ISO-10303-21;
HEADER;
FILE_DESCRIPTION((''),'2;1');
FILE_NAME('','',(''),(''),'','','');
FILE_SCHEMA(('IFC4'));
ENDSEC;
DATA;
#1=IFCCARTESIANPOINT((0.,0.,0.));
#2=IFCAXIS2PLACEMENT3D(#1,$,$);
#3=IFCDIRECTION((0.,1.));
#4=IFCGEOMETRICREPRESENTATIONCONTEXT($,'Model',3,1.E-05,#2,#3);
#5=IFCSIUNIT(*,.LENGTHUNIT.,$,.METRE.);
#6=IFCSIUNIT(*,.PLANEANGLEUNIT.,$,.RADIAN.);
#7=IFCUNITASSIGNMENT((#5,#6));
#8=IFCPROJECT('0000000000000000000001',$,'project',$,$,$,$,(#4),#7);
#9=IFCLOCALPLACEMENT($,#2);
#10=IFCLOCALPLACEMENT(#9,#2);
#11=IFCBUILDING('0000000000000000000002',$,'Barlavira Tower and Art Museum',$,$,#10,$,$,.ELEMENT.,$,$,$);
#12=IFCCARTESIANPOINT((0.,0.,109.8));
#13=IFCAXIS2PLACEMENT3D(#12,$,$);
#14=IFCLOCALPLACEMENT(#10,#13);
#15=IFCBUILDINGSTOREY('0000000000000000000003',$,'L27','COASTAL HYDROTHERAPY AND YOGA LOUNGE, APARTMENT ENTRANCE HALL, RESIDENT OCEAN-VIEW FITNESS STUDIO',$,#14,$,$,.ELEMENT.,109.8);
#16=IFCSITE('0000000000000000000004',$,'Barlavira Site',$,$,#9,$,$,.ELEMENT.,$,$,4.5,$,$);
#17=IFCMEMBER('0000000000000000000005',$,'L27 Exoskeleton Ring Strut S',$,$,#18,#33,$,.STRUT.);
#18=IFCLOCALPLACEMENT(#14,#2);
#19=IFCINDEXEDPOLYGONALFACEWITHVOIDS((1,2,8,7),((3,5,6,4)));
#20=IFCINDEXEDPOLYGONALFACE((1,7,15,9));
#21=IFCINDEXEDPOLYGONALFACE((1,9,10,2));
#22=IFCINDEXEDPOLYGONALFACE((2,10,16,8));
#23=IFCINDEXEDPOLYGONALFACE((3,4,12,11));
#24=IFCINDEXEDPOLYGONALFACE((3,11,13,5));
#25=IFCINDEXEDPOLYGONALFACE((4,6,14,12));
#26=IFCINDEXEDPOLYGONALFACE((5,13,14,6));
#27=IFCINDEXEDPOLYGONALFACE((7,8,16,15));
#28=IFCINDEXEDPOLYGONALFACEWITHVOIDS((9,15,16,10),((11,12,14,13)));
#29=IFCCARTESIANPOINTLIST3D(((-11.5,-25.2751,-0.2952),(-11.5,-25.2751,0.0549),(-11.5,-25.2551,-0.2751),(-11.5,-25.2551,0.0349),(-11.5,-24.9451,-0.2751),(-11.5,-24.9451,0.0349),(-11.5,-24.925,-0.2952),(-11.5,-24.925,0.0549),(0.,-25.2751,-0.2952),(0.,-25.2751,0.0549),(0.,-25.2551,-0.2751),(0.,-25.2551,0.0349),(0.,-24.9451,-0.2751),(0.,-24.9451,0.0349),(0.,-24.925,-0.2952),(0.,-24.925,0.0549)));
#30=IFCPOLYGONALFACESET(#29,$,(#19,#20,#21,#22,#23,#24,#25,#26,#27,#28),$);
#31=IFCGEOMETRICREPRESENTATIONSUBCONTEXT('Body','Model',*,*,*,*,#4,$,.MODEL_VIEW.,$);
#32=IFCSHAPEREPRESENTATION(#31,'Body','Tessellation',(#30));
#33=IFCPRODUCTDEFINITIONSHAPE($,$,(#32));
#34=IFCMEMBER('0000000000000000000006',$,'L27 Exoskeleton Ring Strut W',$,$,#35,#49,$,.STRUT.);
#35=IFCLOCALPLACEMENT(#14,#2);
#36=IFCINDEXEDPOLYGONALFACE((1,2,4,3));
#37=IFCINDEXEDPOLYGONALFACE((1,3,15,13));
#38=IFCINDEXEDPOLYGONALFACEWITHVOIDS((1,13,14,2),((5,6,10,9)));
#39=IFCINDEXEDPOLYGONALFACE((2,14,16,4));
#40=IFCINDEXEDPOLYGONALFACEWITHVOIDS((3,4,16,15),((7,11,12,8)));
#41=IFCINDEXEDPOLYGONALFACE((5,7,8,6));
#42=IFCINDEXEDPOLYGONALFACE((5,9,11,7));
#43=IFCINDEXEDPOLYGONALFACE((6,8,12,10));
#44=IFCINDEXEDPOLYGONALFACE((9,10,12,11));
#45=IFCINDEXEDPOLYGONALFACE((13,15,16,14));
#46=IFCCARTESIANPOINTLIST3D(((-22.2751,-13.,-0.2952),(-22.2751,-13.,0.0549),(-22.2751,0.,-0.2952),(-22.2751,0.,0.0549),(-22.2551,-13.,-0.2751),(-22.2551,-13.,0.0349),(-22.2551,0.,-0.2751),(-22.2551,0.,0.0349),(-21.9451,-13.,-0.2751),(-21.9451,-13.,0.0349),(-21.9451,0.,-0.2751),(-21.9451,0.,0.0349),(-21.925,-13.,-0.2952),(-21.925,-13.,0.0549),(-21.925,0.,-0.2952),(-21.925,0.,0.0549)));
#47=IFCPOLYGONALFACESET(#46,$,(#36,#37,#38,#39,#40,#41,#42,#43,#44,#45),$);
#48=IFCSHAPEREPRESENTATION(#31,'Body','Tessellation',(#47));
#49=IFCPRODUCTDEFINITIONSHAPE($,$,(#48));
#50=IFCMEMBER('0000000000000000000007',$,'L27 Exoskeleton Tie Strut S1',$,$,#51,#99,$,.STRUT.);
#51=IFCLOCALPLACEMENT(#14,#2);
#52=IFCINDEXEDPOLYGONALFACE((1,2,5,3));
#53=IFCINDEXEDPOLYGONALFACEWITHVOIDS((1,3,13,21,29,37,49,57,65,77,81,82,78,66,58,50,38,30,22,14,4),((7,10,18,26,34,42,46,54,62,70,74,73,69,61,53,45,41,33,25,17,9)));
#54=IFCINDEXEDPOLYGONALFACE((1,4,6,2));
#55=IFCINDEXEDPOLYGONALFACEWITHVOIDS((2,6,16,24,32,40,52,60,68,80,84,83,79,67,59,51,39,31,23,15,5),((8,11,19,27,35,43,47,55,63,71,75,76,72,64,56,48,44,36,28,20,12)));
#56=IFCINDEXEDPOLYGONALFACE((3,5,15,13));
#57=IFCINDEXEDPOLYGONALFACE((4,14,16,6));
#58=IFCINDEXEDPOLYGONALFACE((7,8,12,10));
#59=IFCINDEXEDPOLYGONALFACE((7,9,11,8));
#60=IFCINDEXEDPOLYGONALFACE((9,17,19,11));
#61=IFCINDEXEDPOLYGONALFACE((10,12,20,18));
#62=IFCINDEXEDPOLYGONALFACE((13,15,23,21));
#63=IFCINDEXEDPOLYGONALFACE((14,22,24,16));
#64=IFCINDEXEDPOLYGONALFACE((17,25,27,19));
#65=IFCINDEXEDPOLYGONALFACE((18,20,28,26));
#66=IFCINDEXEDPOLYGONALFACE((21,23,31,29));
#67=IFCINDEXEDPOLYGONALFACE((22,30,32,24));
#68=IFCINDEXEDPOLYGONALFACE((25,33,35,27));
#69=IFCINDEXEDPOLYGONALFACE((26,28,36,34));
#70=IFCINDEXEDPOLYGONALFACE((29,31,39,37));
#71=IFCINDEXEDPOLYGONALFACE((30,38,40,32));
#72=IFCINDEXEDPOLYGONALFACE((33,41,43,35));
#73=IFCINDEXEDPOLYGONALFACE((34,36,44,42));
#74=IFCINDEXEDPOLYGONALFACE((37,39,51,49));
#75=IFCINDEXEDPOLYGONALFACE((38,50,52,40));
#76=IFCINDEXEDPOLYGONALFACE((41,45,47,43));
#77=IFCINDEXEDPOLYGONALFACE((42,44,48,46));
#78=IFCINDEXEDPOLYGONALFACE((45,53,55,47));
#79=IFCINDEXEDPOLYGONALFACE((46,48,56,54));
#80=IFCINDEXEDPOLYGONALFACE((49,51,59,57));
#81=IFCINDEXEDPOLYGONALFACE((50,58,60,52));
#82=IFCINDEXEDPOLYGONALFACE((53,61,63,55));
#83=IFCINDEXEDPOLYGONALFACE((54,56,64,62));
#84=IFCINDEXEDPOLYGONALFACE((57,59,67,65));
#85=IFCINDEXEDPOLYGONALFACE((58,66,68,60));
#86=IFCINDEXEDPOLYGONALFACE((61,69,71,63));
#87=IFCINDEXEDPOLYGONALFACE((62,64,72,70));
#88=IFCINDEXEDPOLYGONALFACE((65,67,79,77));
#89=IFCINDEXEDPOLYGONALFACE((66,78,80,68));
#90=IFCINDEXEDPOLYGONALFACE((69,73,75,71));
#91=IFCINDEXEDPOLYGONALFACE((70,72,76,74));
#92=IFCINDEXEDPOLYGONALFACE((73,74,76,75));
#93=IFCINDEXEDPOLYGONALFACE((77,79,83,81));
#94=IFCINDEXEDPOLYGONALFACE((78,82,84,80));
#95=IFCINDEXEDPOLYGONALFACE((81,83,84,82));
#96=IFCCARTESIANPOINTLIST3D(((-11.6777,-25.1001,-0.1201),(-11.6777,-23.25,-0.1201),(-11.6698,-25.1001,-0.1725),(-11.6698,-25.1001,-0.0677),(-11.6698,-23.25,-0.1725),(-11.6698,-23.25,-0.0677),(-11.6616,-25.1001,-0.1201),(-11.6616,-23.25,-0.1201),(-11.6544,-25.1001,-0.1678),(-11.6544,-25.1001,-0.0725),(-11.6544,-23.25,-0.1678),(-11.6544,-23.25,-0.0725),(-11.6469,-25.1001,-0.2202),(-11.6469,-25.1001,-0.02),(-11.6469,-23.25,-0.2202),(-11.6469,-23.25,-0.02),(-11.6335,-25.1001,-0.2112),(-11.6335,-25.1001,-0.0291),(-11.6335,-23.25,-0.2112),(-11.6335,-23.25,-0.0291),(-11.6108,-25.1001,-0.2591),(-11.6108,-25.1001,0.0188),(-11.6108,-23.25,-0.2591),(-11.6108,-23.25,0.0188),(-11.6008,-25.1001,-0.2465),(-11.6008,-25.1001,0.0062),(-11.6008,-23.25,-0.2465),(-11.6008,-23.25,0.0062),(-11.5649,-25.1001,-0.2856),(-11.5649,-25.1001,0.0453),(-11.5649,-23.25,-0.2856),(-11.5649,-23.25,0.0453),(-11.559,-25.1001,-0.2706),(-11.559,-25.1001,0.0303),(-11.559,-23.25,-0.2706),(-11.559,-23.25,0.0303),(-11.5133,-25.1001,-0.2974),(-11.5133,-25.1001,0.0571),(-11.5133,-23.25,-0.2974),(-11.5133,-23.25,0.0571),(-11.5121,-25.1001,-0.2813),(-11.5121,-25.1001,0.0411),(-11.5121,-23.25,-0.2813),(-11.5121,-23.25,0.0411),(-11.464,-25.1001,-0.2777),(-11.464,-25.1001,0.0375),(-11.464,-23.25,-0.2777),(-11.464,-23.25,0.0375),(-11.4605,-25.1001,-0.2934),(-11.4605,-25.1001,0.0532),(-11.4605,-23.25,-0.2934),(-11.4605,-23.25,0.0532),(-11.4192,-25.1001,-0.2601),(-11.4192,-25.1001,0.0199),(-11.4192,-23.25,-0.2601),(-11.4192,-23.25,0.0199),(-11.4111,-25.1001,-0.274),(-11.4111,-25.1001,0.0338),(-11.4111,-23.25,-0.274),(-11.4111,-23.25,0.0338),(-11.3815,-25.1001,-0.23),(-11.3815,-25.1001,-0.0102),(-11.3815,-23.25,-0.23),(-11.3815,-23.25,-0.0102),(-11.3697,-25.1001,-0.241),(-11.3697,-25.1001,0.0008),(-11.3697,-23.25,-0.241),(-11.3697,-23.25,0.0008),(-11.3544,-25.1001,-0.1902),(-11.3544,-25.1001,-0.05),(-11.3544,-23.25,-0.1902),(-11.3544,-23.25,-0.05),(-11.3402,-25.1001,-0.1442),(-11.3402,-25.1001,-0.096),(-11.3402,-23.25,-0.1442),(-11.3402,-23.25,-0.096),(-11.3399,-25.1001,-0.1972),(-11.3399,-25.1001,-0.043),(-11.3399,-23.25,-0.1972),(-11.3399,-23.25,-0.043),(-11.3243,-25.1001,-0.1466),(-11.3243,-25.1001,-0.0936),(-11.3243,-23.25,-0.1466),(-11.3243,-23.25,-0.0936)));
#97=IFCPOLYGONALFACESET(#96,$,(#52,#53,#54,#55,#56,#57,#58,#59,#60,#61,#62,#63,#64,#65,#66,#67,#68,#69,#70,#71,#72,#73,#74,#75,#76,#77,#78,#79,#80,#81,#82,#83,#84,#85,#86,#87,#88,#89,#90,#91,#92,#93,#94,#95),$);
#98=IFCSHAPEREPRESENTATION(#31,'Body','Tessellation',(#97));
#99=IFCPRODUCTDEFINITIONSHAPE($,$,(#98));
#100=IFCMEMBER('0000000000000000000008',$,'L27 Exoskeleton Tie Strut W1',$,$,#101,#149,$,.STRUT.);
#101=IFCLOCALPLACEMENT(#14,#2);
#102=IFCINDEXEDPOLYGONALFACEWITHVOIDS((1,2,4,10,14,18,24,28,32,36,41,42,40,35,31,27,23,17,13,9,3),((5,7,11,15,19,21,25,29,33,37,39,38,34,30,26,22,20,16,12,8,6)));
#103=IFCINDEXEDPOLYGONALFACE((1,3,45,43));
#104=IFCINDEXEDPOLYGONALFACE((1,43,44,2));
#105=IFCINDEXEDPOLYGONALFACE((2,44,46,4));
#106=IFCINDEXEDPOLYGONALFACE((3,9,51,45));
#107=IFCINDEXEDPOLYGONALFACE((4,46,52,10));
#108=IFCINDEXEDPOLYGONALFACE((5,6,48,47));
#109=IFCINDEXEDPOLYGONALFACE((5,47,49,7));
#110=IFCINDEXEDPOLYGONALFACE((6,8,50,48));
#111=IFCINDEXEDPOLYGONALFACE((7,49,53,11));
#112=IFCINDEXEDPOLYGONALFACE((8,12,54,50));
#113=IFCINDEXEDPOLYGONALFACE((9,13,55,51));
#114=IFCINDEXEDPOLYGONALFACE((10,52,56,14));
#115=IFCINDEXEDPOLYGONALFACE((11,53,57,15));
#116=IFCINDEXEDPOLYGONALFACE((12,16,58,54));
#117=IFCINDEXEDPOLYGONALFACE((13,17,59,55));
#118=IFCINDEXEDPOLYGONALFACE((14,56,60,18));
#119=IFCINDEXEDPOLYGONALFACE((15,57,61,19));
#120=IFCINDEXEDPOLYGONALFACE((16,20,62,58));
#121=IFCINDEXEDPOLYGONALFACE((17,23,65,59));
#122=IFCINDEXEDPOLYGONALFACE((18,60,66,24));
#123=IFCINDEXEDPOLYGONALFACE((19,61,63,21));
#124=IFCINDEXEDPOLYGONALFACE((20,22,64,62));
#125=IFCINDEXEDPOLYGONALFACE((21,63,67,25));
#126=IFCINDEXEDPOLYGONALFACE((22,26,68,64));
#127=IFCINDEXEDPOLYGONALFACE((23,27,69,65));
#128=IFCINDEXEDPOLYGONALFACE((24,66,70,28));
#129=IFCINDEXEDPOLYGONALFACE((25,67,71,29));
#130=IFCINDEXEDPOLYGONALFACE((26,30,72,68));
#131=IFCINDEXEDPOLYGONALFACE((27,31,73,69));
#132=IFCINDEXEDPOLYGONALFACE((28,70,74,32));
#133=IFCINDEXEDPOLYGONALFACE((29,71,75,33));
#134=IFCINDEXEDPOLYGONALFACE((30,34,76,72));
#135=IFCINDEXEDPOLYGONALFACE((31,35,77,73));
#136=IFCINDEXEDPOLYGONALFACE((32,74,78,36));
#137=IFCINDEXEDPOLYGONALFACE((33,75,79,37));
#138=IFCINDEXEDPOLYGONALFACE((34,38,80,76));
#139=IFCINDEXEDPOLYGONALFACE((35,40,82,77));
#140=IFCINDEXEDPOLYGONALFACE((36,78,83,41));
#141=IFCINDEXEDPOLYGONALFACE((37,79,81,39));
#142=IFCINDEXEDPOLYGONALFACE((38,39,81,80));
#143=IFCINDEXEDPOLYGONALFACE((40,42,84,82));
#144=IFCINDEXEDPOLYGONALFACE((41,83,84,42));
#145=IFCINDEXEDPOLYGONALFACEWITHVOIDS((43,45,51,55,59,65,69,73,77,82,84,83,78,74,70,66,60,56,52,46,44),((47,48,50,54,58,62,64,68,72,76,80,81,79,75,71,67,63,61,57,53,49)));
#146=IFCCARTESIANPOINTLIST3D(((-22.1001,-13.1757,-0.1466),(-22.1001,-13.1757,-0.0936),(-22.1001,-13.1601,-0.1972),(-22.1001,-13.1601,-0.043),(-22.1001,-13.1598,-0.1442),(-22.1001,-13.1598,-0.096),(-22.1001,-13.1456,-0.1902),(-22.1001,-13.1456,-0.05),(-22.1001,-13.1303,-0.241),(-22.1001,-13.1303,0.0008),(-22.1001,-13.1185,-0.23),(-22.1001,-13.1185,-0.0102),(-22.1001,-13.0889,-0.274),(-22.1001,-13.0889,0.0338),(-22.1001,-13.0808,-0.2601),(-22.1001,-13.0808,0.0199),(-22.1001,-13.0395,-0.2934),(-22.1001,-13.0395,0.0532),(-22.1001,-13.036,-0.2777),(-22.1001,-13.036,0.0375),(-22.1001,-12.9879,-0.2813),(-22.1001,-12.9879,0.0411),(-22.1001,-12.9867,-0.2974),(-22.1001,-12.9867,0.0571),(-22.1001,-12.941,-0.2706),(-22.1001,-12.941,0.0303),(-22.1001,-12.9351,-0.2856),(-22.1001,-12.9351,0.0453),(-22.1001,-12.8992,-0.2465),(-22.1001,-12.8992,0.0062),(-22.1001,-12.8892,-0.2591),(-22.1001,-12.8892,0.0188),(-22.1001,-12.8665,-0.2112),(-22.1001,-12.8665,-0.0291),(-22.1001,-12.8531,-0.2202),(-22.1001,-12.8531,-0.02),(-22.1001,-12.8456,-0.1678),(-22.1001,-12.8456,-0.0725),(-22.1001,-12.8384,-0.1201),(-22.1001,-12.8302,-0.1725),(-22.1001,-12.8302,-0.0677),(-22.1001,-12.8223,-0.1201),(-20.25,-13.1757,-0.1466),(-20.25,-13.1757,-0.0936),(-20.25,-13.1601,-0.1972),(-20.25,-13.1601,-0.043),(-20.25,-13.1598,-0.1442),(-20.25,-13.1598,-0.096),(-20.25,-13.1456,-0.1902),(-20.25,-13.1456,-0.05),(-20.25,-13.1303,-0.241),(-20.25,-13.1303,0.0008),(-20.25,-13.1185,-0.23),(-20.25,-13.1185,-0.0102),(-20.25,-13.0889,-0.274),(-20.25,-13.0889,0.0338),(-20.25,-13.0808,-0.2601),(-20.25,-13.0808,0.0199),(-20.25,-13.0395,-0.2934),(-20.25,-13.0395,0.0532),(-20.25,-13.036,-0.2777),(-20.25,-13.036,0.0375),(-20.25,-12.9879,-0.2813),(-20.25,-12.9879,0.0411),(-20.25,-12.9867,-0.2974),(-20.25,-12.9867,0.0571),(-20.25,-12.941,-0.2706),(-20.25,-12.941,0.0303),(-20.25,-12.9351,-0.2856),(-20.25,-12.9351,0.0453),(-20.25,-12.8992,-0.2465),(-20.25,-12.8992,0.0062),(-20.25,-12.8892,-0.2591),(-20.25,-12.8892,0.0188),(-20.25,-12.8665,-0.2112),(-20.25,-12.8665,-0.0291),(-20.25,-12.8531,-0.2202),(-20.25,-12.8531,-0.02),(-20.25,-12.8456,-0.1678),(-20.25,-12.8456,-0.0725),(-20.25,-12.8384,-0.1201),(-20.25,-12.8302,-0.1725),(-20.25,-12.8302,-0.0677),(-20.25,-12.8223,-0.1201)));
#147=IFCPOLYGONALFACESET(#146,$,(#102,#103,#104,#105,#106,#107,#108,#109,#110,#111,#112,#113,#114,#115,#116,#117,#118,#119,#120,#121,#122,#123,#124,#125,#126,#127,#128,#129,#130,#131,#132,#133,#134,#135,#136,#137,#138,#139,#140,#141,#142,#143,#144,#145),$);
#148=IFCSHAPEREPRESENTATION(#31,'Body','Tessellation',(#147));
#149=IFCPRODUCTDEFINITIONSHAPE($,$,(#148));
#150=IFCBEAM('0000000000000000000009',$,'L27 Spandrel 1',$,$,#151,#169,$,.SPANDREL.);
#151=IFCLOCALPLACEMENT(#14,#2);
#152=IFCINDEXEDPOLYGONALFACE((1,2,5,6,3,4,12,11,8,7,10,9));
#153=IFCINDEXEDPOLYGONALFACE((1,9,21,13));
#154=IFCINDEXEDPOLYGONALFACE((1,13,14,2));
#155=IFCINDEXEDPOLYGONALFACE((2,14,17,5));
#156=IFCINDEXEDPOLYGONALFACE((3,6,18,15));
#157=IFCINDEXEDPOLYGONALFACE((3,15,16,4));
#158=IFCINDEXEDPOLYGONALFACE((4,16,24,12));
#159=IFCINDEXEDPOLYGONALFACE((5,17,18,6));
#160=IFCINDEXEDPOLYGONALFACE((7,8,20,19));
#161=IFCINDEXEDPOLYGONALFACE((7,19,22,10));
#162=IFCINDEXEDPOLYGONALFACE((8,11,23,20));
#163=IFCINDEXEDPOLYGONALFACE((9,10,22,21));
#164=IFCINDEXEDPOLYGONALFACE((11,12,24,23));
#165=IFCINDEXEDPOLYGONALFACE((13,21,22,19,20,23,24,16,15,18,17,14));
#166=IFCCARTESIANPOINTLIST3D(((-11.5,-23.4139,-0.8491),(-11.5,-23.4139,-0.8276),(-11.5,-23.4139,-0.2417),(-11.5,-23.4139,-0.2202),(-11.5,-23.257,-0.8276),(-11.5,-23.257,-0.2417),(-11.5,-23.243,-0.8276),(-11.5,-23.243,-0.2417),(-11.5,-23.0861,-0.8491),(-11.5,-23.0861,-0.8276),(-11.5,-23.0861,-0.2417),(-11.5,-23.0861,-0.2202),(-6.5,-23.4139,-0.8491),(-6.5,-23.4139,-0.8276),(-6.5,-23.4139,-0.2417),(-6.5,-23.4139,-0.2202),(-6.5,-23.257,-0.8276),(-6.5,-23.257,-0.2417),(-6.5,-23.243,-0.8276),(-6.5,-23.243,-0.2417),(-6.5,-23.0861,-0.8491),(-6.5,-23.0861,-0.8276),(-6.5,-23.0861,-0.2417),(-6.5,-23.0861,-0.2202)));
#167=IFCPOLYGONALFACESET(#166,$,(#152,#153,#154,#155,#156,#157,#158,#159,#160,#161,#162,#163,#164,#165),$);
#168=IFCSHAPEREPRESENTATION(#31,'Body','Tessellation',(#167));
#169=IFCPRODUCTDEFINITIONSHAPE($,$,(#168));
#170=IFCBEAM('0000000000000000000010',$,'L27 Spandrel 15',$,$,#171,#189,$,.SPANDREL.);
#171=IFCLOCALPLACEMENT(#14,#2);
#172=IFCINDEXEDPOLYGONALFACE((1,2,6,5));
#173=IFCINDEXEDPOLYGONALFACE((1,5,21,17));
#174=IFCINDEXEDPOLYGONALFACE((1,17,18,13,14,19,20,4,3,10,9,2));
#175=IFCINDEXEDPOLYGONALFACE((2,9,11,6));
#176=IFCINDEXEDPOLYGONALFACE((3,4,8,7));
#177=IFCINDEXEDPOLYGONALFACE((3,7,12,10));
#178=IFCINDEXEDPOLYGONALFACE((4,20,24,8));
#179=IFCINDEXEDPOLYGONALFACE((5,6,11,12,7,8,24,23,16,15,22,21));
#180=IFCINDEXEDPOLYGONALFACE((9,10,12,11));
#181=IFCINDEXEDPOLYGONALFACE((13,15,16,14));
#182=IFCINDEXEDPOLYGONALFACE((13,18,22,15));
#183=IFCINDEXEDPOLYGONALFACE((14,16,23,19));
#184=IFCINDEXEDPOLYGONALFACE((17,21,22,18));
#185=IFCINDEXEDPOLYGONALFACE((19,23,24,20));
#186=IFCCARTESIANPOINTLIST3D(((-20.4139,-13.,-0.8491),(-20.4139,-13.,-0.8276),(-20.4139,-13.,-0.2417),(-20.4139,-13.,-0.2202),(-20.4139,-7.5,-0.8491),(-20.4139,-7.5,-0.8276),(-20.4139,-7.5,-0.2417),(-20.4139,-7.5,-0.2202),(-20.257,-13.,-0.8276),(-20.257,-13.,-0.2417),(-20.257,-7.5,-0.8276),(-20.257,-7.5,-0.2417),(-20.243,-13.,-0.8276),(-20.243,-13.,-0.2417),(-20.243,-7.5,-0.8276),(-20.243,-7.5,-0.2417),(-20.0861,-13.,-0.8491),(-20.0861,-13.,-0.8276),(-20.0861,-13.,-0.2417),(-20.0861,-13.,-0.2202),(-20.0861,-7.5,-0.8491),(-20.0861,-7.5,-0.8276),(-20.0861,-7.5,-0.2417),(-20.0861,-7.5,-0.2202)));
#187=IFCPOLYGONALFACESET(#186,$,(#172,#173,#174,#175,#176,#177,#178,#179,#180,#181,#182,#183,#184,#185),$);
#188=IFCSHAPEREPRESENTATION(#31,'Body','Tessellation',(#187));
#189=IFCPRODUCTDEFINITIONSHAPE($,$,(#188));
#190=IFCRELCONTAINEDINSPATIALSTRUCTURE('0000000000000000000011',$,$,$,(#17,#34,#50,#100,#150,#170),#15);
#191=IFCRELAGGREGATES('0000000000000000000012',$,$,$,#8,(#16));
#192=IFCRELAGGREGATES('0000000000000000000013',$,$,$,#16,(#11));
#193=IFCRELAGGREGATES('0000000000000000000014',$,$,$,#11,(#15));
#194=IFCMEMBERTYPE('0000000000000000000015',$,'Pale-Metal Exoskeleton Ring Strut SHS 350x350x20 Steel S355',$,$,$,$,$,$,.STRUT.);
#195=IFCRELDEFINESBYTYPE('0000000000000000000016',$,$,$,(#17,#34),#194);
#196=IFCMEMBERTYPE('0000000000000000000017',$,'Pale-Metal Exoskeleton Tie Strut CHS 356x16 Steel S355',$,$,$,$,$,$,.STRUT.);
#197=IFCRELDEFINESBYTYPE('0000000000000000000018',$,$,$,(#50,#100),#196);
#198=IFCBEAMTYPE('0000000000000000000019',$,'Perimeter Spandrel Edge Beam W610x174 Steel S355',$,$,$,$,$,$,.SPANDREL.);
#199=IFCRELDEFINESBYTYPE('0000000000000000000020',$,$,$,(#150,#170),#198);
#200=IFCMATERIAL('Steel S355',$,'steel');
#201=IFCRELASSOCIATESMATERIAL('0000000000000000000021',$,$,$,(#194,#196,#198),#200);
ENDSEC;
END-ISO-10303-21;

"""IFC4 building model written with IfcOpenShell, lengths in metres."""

from ifc_helpers import new_model, si_unit, direction, frame, origin, origin_2d, place, context, subcontext, project, spatial, hollow_rectangle, hollow_circle, i_section, extrude, material, material_profile, profile_set, type_object, element, save


model = new_model("IFC4")

# Units and contexts
model_context = context("Model", 3, precision=1e-05, world=origin(), true_north=direction((0.0, 1.0)))
body_context = subcontext(model_context, "Body", "Model", "MODEL_VIEW")
ifc_project = project(units=[si_unit("LENGTHUNIT", "METRE"), si_unit("PLANEANGLEUNIT", "RADIAN")], contexts=[model_context])

# Site, building, storey
site_placement = place(None, origin())
site = spatial("IfcSite", under=ifc_project, at=site_placement, Name="Barlavira Site", CompositionType="ELEMENT", RefElevation=4.5)
building_placement = place(site_placement, origin())
building = spatial("IfcBuilding", under=site, at=building_placement, Name="Barlavira Tower and Art Museum", CompositionType="ELEMENT")
storey_placement = place(building_placement, frame((0.0, 0.0, 109.8)))
storey = spatial("IfcBuildingStorey", under=building, at=storey_placement, Name="L27", Description="COASTAL HYDROTHERAPY AND YOGA LOUNGE, APARTMENT ENTRANCE HALL, RESIDENT OCEAN-VIEW FITNESS STUDIO", CompositionType="ELEMENT", Elevation=109.8)

# Members
ifc_material_1 = material(Name="Steel S355", Category="steel")
ifc_material_profile_1 = material_profile(ifc_material_1, hollow_rectangle(XDim=0.3501, YDim=0.3501, WallThickness=0.02, at=origin_2d()), Name="SHS 350x350x20.0")
ifc_profile_set_1 = profile_set([ifc_material_profile_1], Name="Steel S355")
member_type_1 = type_object("IfcMemberType", Name="Pale-Metal Exoskeleton Ring Strut SHS 350x350x20 Steel S355", PredefinedType="STRUT", material=ifc_profile_set_1)
member_1_placement = place(storey_placement, frame((-11.5, -25.1001, -0.1201), z_axis=(1.0, 0.0, 0.0), x_axis=(0.0, 1.0, 0.0)))
element("IfcMember", 1, at=member_1_placement, inside=storey, type_object=member_type_1, Name="L27 Exoskeleton Ring Strut S", PredefinedType="STRUT", context=body_context, shape_type="SweptSolid", body=[
    extrude(hollow_rectangle(XDim=0.3501, YDim=0.3501, WallThickness=0.02, at=origin_2d()), origin(), (0.0, 0.0, 1.0), 11.5),
])
member_2_placement = place(storey_placement, frame((-22.1001, -13.0, -0.1201), z_axis=(0.0, 1.0, 0.0), x_axis=(-1.0, 0.0, 0.0)))
element("IfcMember", 2, at=member_2_placement, inside=storey, type_object=member_type_1, Name="L27 Exoskeleton Ring Strut W", PredefinedType="STRUT", context=body_context, shape_type="SweptSolid", body=[
    extrude(hollow_rectangle(XDim=0.3501, YDim=0.3501, WallThickness=0.02, at=origin_2d()), origin(), (0.0, 0.0, 1.0), 13.0),
])
ifc_material_profile_2 = material_profile(ifc_material_1, hollow_circle(Radius=0.1777, WallThickness=0.0161, at=origin_2d()), Name="CHS 355.6x16.0")
ifc_profile_set_2 = profile_set([ifc_material_profile_2], Name="Steel S355")
member_type_2 = type_object("IfcMemberType", Name="Pale-Metal Exoskeleton Tie Strut CHS 356x16 Steel S355", PredefinedType="STRUT", material=ifc_profile_set_2)
for number, where, z_axis, x_axis, name in (
    (3, (-11.5, -25.1001, -0.1201), (0.0, 1.0, 0.0), (-1.0, 0.0, 0.0), "L27 Exoskeleton Tie Strut S1"),
    (4, (-22.1001, -13.0, -0.1201), (1.0, 0.0, 0.0), (0.0, 1.0, 0.0), "L27 Exoskeleton Tie Strut W1"),
):
    element("IfcMember", number, at=place(storey_placement, frame(where, z_axis=z_axis, x_axis=x_axis)), inside=storey, type_object=member_type_2, Name=name, PredefinedType="STRUT", context=body_context, shape_type="SweptSolid", body=[
        extrude(hollow_circle(Radius=0.1777, WallThickness=0.0161, at=origin_2d()), origin(), (0.0, 0.0, 1.0), 1.8501),
    ])

# Beams
ifc_material_profile_3 = material_profile(ifc_material_1, i_section(OverallWidth=0.3279, OverallDepth=0.6289, WebThickness=0.0139, FlangeThickness=0.0215, at=origin_2d()), Name="W610x174.0")
ifc_profile_set_3 = profile_set([ifc_material_profile_3], Name="Steel S355")
beam_type_1 = type_object("IfcBeamType", Name="Perimeter Spandrel Edge Beam W610x174 Steel S355", PredefinedType="SPANDREL", material=ifc_profile_set_3)
beam_1_placement = place(storey_placement, frame((-11.5, -23.25, -0.5347), z_axis=(1.0, 0.0, 0.0), x_axis=(0.0, 1.0, 0.0)))
element("IfcBeam", 5, at=beam_1_placement, inside=storey, type_object=beam_type_1, Name="L27 Spandrel 1", PredefinedType="SPANDREL", context=body_context, shape_type="SweptSolid", body=[
    extrude(i_section(OverallWidth=0.3279, OverallDepth=0.6289, WebThickness=0.0139, FlangeThickness=0.0215, at=origin_2d()), origin(), (0.0, 0.0, 1.0), 5.0),
])
beam_2_placement = place(storey_placement, frame((-20.25, -13.0, -0.5347), z_axis=(0.0, 1.0, 0.0), x_axis=(-1.0, 0.0, 0.0)))
element("IfcBeam", 6, at=beam_2_placement, inside=storey, type_object=beam_type_1, Name="L27 Spandrel 15", PredefinedType="SPANDREL", context=body_context, shape_type="SweptSolid", body=[
    extrude(i_section(OverallWidth=0.3279, OverallDepth=0.6289, WebThickness=0.0139, FlangeThickness=0.0215, at=origin_2d()), origin(), (0.0, 0.0, 1.0), 5.5),
])

save(model, "model.ifc")
